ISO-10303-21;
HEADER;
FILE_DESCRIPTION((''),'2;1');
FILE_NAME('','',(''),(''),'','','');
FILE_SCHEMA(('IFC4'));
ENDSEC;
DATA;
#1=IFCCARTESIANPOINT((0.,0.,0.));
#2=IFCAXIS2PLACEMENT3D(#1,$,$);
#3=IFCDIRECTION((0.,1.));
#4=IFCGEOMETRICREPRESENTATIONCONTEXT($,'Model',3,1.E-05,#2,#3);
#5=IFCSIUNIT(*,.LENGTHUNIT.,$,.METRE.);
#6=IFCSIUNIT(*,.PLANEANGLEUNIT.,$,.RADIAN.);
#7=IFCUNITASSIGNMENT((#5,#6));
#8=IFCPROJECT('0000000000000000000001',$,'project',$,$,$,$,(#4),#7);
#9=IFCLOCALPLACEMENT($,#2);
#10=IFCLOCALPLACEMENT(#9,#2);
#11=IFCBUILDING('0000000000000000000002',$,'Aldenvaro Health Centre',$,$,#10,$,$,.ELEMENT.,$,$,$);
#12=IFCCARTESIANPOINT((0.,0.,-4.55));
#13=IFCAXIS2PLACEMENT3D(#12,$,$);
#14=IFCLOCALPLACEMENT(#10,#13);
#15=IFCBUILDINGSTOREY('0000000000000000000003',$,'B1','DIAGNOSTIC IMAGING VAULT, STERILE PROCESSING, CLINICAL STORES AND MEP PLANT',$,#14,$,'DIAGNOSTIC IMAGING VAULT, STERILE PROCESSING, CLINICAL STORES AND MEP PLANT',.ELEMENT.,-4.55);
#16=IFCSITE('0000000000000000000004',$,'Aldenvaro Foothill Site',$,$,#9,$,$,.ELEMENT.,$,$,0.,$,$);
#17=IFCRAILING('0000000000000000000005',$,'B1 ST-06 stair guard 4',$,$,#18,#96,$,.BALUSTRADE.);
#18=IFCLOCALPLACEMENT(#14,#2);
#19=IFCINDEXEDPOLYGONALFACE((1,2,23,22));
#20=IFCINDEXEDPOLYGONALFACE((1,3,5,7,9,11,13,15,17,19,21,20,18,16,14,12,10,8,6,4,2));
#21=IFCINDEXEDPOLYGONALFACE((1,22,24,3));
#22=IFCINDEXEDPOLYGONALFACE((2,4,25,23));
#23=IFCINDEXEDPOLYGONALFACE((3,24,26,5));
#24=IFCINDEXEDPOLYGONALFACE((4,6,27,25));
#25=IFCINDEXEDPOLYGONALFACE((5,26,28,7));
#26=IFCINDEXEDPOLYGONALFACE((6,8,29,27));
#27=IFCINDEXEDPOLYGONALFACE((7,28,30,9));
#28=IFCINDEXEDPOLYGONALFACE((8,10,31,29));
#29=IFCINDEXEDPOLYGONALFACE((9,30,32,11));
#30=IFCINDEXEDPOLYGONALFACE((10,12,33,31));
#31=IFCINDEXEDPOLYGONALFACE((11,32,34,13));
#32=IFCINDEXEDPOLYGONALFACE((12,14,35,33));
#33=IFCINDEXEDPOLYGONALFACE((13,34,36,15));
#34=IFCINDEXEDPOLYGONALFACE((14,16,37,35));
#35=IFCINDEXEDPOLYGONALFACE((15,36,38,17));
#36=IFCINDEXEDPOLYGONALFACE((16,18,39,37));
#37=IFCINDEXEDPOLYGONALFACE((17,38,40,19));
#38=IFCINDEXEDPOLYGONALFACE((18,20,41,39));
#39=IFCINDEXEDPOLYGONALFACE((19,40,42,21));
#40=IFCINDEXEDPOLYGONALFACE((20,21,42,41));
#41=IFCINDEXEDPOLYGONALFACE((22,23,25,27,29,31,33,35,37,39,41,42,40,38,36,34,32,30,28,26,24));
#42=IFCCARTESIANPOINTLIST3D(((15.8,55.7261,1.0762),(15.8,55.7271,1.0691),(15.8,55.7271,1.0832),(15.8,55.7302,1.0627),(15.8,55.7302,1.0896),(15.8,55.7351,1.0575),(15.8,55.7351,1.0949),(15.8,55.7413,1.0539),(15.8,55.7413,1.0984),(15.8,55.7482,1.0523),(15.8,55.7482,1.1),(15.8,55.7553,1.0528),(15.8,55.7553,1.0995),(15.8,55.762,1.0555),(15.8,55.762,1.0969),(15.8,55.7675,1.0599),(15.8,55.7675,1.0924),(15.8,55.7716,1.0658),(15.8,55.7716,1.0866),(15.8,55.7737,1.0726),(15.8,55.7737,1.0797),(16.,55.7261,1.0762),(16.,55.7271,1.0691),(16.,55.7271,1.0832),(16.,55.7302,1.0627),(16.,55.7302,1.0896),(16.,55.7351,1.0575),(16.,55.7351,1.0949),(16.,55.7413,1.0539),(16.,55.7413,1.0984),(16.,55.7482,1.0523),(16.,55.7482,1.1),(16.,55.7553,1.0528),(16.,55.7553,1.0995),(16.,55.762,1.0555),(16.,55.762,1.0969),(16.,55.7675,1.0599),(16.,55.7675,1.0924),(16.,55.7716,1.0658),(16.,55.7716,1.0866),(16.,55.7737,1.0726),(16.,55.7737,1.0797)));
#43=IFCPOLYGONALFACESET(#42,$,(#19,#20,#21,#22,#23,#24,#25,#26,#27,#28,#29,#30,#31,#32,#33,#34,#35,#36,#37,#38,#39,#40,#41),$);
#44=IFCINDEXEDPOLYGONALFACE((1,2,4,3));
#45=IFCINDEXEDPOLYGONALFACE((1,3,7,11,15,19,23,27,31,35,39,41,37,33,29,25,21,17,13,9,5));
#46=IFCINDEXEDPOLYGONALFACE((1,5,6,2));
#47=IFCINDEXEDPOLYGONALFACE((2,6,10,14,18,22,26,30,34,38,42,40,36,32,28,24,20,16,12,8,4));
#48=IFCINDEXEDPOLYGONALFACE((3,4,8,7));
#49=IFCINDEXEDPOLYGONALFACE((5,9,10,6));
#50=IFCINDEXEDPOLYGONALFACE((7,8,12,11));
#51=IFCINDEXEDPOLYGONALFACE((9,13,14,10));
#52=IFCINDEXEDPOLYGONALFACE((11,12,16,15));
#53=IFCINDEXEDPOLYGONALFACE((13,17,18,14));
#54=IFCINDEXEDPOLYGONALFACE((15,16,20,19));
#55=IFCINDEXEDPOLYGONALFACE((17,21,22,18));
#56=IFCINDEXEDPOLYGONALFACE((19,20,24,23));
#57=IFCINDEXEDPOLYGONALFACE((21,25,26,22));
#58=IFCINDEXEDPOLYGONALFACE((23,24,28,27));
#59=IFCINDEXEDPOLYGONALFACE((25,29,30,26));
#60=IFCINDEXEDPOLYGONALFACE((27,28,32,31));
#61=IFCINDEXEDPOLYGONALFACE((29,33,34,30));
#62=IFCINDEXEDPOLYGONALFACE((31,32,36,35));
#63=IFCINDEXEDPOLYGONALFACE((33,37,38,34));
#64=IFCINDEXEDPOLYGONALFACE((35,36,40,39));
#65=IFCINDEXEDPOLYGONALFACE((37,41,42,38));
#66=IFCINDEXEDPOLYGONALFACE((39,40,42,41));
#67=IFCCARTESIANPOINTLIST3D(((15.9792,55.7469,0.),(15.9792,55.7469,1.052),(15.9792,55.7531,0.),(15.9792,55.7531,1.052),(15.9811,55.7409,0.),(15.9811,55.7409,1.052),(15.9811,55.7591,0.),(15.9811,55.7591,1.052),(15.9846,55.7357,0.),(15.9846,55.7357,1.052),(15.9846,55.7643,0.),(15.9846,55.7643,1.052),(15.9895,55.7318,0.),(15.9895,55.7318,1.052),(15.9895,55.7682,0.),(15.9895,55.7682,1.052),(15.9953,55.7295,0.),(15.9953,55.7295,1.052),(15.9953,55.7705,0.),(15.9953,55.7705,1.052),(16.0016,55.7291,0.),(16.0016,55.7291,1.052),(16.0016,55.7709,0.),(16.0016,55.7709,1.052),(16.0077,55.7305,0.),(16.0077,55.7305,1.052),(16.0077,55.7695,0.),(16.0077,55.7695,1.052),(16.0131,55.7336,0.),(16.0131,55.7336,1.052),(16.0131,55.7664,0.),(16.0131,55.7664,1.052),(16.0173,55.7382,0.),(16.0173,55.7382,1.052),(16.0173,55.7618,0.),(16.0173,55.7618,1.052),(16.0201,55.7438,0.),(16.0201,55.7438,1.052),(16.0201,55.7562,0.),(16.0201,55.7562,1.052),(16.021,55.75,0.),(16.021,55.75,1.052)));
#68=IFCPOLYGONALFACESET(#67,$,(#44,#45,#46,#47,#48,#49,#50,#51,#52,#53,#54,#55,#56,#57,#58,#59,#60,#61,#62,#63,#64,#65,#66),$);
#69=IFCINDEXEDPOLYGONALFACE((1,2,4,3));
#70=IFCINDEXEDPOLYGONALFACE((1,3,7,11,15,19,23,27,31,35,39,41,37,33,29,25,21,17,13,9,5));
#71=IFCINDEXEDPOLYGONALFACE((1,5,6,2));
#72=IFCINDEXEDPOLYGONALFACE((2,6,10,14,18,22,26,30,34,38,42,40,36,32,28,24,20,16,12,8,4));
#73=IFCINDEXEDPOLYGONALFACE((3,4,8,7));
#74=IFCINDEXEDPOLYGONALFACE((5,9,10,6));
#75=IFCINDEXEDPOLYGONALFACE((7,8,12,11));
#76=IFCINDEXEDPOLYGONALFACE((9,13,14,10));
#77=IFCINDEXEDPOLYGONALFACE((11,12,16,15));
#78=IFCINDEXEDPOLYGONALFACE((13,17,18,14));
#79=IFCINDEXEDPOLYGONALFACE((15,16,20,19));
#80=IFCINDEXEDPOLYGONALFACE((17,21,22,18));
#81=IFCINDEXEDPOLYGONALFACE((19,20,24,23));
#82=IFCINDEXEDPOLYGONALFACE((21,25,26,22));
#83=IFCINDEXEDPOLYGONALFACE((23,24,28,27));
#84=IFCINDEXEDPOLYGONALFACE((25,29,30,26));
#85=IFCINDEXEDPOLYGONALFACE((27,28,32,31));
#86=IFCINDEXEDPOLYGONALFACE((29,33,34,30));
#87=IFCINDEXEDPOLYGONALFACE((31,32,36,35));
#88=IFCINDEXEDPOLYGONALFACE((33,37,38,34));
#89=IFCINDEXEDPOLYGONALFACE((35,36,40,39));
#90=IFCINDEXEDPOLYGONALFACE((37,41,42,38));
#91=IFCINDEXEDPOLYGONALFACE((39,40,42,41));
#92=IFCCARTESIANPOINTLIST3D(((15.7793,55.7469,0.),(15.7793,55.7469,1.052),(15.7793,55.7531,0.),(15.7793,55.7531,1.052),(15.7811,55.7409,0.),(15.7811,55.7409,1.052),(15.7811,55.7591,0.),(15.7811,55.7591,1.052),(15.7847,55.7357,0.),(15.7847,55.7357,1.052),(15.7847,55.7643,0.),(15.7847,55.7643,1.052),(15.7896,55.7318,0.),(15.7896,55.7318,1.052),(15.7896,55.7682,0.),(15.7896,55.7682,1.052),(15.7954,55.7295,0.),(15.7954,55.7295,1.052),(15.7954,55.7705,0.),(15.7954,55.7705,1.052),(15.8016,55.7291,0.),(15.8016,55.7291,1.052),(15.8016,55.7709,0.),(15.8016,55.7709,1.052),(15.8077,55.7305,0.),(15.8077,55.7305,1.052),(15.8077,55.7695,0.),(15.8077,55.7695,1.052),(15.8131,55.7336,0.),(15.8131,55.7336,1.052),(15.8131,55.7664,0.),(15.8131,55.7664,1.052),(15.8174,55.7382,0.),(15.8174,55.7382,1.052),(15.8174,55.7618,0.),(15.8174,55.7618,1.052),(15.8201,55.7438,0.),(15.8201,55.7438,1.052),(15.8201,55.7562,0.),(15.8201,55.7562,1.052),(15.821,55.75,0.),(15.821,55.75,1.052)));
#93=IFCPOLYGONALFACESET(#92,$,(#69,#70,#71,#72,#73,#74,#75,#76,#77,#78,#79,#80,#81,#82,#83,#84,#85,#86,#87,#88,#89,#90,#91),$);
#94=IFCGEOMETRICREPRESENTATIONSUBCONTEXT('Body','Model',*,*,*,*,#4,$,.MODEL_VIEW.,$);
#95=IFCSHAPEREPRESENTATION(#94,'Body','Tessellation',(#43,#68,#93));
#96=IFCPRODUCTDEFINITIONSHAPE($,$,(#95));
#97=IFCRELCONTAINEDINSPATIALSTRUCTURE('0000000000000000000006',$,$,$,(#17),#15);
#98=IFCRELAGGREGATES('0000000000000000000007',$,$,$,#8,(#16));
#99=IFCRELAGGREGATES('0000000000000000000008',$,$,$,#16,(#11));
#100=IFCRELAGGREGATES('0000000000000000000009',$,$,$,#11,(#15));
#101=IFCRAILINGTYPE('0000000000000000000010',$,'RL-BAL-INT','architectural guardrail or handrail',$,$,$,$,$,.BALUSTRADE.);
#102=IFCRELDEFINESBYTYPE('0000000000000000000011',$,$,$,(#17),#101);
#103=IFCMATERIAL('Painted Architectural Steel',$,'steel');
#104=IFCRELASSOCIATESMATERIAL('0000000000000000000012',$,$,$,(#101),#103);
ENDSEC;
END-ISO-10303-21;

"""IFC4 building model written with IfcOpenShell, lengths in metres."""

from ifc_helpers import new_model, si_unit, direction, frame, origin, origin_2d, place, context, subcontext, project, spatial, circle, extrude, material, type_object, element, save


model = new_model("IFC4")

# Units and contexts
model_context = context("Model", 3, precision=1e-05, world=origin(), true_north=direction((0.0, 1.0)))
body_context = subcontext(model_context, "Body", "Model", "MODEL_VIEW")
ifc_project = project(units=[si_unit("LENGTHUNIT", "METRE"), si_unit("PLANEANGLEUNIT", "RADIAN")], contexts=[model_context])

# Site, building, storey
site_placement = place(None, origin())
site = spatial("IfcSite", under=ifc_project, at=site_placement, Name="Aldenvaro Foothill Site", CompositionType="ELEMENT", RefElevation=0.0)
building_placement = place(site_placement, origin())
building = spatial("IfcBuilding", under=site, at=building_placement, Name="Aldenvaro Health Centre", CompositionType="ELEMENT")
storey_placement = place(building_placement, frame((0.0, 0.0, -4.55)))
storey = spatial("IfcBuildingStorey", under=building, at=storey_placement, Name="B1", Description="DIAGNOSTIC IMAGING VAULT, STERILE PROCESSING, CLINICAL STORES AND MEP PLANT", LongName="DIAGNOSTIC IMAGING VAULT, STERILE PROCESSING, CLINICAL STORES AND MEP PLANT", CompositionType="ELEMENT", Elevation=-4.55)

# Railing
ifc_material_1 = material(Name="Painted Architectural Steel", Category="steel")
railing_type_1 = type_object("IfcRailingType", Name="RL-BAL-INT", Description="architectural guardrail or handrail", PredefinedType="BALUSTRADE", material=ifc_material_1)
railing_1_placement = place(storey_placement, frame((16.0, 55.75, 0.0)))
element("IfcRailing", 1, at=railing_1_placement, inside=storey, type_object=railing_type_1, Name="B1 ST-06 stair guard 4", PredefinedType="BALUSTRADE", context=body_context, shape_type="SweptSolid", body=[
    extrude(circle(Radius=0.0239, at=origin_2d()), frame((0.0, 0.0, 1.0762), z_axis=(-1.0, 0.0, 0.0), x_axis=(0.0, -1.0, 0.0)), (0.0, 0.0, 1.0), 0.2),
    extrude(circle(Radius=0.021, at=origin_2d()), origin(), (0.0, 0.0, 1.0), 1.052),
    extrude(circle(Radius=0.021, at=origin_2d()), frame((-0.2, 0.0, 0.0)), (0.0, 0.0, 1.0), 1.052),
])

save(model, "model.ifc")
